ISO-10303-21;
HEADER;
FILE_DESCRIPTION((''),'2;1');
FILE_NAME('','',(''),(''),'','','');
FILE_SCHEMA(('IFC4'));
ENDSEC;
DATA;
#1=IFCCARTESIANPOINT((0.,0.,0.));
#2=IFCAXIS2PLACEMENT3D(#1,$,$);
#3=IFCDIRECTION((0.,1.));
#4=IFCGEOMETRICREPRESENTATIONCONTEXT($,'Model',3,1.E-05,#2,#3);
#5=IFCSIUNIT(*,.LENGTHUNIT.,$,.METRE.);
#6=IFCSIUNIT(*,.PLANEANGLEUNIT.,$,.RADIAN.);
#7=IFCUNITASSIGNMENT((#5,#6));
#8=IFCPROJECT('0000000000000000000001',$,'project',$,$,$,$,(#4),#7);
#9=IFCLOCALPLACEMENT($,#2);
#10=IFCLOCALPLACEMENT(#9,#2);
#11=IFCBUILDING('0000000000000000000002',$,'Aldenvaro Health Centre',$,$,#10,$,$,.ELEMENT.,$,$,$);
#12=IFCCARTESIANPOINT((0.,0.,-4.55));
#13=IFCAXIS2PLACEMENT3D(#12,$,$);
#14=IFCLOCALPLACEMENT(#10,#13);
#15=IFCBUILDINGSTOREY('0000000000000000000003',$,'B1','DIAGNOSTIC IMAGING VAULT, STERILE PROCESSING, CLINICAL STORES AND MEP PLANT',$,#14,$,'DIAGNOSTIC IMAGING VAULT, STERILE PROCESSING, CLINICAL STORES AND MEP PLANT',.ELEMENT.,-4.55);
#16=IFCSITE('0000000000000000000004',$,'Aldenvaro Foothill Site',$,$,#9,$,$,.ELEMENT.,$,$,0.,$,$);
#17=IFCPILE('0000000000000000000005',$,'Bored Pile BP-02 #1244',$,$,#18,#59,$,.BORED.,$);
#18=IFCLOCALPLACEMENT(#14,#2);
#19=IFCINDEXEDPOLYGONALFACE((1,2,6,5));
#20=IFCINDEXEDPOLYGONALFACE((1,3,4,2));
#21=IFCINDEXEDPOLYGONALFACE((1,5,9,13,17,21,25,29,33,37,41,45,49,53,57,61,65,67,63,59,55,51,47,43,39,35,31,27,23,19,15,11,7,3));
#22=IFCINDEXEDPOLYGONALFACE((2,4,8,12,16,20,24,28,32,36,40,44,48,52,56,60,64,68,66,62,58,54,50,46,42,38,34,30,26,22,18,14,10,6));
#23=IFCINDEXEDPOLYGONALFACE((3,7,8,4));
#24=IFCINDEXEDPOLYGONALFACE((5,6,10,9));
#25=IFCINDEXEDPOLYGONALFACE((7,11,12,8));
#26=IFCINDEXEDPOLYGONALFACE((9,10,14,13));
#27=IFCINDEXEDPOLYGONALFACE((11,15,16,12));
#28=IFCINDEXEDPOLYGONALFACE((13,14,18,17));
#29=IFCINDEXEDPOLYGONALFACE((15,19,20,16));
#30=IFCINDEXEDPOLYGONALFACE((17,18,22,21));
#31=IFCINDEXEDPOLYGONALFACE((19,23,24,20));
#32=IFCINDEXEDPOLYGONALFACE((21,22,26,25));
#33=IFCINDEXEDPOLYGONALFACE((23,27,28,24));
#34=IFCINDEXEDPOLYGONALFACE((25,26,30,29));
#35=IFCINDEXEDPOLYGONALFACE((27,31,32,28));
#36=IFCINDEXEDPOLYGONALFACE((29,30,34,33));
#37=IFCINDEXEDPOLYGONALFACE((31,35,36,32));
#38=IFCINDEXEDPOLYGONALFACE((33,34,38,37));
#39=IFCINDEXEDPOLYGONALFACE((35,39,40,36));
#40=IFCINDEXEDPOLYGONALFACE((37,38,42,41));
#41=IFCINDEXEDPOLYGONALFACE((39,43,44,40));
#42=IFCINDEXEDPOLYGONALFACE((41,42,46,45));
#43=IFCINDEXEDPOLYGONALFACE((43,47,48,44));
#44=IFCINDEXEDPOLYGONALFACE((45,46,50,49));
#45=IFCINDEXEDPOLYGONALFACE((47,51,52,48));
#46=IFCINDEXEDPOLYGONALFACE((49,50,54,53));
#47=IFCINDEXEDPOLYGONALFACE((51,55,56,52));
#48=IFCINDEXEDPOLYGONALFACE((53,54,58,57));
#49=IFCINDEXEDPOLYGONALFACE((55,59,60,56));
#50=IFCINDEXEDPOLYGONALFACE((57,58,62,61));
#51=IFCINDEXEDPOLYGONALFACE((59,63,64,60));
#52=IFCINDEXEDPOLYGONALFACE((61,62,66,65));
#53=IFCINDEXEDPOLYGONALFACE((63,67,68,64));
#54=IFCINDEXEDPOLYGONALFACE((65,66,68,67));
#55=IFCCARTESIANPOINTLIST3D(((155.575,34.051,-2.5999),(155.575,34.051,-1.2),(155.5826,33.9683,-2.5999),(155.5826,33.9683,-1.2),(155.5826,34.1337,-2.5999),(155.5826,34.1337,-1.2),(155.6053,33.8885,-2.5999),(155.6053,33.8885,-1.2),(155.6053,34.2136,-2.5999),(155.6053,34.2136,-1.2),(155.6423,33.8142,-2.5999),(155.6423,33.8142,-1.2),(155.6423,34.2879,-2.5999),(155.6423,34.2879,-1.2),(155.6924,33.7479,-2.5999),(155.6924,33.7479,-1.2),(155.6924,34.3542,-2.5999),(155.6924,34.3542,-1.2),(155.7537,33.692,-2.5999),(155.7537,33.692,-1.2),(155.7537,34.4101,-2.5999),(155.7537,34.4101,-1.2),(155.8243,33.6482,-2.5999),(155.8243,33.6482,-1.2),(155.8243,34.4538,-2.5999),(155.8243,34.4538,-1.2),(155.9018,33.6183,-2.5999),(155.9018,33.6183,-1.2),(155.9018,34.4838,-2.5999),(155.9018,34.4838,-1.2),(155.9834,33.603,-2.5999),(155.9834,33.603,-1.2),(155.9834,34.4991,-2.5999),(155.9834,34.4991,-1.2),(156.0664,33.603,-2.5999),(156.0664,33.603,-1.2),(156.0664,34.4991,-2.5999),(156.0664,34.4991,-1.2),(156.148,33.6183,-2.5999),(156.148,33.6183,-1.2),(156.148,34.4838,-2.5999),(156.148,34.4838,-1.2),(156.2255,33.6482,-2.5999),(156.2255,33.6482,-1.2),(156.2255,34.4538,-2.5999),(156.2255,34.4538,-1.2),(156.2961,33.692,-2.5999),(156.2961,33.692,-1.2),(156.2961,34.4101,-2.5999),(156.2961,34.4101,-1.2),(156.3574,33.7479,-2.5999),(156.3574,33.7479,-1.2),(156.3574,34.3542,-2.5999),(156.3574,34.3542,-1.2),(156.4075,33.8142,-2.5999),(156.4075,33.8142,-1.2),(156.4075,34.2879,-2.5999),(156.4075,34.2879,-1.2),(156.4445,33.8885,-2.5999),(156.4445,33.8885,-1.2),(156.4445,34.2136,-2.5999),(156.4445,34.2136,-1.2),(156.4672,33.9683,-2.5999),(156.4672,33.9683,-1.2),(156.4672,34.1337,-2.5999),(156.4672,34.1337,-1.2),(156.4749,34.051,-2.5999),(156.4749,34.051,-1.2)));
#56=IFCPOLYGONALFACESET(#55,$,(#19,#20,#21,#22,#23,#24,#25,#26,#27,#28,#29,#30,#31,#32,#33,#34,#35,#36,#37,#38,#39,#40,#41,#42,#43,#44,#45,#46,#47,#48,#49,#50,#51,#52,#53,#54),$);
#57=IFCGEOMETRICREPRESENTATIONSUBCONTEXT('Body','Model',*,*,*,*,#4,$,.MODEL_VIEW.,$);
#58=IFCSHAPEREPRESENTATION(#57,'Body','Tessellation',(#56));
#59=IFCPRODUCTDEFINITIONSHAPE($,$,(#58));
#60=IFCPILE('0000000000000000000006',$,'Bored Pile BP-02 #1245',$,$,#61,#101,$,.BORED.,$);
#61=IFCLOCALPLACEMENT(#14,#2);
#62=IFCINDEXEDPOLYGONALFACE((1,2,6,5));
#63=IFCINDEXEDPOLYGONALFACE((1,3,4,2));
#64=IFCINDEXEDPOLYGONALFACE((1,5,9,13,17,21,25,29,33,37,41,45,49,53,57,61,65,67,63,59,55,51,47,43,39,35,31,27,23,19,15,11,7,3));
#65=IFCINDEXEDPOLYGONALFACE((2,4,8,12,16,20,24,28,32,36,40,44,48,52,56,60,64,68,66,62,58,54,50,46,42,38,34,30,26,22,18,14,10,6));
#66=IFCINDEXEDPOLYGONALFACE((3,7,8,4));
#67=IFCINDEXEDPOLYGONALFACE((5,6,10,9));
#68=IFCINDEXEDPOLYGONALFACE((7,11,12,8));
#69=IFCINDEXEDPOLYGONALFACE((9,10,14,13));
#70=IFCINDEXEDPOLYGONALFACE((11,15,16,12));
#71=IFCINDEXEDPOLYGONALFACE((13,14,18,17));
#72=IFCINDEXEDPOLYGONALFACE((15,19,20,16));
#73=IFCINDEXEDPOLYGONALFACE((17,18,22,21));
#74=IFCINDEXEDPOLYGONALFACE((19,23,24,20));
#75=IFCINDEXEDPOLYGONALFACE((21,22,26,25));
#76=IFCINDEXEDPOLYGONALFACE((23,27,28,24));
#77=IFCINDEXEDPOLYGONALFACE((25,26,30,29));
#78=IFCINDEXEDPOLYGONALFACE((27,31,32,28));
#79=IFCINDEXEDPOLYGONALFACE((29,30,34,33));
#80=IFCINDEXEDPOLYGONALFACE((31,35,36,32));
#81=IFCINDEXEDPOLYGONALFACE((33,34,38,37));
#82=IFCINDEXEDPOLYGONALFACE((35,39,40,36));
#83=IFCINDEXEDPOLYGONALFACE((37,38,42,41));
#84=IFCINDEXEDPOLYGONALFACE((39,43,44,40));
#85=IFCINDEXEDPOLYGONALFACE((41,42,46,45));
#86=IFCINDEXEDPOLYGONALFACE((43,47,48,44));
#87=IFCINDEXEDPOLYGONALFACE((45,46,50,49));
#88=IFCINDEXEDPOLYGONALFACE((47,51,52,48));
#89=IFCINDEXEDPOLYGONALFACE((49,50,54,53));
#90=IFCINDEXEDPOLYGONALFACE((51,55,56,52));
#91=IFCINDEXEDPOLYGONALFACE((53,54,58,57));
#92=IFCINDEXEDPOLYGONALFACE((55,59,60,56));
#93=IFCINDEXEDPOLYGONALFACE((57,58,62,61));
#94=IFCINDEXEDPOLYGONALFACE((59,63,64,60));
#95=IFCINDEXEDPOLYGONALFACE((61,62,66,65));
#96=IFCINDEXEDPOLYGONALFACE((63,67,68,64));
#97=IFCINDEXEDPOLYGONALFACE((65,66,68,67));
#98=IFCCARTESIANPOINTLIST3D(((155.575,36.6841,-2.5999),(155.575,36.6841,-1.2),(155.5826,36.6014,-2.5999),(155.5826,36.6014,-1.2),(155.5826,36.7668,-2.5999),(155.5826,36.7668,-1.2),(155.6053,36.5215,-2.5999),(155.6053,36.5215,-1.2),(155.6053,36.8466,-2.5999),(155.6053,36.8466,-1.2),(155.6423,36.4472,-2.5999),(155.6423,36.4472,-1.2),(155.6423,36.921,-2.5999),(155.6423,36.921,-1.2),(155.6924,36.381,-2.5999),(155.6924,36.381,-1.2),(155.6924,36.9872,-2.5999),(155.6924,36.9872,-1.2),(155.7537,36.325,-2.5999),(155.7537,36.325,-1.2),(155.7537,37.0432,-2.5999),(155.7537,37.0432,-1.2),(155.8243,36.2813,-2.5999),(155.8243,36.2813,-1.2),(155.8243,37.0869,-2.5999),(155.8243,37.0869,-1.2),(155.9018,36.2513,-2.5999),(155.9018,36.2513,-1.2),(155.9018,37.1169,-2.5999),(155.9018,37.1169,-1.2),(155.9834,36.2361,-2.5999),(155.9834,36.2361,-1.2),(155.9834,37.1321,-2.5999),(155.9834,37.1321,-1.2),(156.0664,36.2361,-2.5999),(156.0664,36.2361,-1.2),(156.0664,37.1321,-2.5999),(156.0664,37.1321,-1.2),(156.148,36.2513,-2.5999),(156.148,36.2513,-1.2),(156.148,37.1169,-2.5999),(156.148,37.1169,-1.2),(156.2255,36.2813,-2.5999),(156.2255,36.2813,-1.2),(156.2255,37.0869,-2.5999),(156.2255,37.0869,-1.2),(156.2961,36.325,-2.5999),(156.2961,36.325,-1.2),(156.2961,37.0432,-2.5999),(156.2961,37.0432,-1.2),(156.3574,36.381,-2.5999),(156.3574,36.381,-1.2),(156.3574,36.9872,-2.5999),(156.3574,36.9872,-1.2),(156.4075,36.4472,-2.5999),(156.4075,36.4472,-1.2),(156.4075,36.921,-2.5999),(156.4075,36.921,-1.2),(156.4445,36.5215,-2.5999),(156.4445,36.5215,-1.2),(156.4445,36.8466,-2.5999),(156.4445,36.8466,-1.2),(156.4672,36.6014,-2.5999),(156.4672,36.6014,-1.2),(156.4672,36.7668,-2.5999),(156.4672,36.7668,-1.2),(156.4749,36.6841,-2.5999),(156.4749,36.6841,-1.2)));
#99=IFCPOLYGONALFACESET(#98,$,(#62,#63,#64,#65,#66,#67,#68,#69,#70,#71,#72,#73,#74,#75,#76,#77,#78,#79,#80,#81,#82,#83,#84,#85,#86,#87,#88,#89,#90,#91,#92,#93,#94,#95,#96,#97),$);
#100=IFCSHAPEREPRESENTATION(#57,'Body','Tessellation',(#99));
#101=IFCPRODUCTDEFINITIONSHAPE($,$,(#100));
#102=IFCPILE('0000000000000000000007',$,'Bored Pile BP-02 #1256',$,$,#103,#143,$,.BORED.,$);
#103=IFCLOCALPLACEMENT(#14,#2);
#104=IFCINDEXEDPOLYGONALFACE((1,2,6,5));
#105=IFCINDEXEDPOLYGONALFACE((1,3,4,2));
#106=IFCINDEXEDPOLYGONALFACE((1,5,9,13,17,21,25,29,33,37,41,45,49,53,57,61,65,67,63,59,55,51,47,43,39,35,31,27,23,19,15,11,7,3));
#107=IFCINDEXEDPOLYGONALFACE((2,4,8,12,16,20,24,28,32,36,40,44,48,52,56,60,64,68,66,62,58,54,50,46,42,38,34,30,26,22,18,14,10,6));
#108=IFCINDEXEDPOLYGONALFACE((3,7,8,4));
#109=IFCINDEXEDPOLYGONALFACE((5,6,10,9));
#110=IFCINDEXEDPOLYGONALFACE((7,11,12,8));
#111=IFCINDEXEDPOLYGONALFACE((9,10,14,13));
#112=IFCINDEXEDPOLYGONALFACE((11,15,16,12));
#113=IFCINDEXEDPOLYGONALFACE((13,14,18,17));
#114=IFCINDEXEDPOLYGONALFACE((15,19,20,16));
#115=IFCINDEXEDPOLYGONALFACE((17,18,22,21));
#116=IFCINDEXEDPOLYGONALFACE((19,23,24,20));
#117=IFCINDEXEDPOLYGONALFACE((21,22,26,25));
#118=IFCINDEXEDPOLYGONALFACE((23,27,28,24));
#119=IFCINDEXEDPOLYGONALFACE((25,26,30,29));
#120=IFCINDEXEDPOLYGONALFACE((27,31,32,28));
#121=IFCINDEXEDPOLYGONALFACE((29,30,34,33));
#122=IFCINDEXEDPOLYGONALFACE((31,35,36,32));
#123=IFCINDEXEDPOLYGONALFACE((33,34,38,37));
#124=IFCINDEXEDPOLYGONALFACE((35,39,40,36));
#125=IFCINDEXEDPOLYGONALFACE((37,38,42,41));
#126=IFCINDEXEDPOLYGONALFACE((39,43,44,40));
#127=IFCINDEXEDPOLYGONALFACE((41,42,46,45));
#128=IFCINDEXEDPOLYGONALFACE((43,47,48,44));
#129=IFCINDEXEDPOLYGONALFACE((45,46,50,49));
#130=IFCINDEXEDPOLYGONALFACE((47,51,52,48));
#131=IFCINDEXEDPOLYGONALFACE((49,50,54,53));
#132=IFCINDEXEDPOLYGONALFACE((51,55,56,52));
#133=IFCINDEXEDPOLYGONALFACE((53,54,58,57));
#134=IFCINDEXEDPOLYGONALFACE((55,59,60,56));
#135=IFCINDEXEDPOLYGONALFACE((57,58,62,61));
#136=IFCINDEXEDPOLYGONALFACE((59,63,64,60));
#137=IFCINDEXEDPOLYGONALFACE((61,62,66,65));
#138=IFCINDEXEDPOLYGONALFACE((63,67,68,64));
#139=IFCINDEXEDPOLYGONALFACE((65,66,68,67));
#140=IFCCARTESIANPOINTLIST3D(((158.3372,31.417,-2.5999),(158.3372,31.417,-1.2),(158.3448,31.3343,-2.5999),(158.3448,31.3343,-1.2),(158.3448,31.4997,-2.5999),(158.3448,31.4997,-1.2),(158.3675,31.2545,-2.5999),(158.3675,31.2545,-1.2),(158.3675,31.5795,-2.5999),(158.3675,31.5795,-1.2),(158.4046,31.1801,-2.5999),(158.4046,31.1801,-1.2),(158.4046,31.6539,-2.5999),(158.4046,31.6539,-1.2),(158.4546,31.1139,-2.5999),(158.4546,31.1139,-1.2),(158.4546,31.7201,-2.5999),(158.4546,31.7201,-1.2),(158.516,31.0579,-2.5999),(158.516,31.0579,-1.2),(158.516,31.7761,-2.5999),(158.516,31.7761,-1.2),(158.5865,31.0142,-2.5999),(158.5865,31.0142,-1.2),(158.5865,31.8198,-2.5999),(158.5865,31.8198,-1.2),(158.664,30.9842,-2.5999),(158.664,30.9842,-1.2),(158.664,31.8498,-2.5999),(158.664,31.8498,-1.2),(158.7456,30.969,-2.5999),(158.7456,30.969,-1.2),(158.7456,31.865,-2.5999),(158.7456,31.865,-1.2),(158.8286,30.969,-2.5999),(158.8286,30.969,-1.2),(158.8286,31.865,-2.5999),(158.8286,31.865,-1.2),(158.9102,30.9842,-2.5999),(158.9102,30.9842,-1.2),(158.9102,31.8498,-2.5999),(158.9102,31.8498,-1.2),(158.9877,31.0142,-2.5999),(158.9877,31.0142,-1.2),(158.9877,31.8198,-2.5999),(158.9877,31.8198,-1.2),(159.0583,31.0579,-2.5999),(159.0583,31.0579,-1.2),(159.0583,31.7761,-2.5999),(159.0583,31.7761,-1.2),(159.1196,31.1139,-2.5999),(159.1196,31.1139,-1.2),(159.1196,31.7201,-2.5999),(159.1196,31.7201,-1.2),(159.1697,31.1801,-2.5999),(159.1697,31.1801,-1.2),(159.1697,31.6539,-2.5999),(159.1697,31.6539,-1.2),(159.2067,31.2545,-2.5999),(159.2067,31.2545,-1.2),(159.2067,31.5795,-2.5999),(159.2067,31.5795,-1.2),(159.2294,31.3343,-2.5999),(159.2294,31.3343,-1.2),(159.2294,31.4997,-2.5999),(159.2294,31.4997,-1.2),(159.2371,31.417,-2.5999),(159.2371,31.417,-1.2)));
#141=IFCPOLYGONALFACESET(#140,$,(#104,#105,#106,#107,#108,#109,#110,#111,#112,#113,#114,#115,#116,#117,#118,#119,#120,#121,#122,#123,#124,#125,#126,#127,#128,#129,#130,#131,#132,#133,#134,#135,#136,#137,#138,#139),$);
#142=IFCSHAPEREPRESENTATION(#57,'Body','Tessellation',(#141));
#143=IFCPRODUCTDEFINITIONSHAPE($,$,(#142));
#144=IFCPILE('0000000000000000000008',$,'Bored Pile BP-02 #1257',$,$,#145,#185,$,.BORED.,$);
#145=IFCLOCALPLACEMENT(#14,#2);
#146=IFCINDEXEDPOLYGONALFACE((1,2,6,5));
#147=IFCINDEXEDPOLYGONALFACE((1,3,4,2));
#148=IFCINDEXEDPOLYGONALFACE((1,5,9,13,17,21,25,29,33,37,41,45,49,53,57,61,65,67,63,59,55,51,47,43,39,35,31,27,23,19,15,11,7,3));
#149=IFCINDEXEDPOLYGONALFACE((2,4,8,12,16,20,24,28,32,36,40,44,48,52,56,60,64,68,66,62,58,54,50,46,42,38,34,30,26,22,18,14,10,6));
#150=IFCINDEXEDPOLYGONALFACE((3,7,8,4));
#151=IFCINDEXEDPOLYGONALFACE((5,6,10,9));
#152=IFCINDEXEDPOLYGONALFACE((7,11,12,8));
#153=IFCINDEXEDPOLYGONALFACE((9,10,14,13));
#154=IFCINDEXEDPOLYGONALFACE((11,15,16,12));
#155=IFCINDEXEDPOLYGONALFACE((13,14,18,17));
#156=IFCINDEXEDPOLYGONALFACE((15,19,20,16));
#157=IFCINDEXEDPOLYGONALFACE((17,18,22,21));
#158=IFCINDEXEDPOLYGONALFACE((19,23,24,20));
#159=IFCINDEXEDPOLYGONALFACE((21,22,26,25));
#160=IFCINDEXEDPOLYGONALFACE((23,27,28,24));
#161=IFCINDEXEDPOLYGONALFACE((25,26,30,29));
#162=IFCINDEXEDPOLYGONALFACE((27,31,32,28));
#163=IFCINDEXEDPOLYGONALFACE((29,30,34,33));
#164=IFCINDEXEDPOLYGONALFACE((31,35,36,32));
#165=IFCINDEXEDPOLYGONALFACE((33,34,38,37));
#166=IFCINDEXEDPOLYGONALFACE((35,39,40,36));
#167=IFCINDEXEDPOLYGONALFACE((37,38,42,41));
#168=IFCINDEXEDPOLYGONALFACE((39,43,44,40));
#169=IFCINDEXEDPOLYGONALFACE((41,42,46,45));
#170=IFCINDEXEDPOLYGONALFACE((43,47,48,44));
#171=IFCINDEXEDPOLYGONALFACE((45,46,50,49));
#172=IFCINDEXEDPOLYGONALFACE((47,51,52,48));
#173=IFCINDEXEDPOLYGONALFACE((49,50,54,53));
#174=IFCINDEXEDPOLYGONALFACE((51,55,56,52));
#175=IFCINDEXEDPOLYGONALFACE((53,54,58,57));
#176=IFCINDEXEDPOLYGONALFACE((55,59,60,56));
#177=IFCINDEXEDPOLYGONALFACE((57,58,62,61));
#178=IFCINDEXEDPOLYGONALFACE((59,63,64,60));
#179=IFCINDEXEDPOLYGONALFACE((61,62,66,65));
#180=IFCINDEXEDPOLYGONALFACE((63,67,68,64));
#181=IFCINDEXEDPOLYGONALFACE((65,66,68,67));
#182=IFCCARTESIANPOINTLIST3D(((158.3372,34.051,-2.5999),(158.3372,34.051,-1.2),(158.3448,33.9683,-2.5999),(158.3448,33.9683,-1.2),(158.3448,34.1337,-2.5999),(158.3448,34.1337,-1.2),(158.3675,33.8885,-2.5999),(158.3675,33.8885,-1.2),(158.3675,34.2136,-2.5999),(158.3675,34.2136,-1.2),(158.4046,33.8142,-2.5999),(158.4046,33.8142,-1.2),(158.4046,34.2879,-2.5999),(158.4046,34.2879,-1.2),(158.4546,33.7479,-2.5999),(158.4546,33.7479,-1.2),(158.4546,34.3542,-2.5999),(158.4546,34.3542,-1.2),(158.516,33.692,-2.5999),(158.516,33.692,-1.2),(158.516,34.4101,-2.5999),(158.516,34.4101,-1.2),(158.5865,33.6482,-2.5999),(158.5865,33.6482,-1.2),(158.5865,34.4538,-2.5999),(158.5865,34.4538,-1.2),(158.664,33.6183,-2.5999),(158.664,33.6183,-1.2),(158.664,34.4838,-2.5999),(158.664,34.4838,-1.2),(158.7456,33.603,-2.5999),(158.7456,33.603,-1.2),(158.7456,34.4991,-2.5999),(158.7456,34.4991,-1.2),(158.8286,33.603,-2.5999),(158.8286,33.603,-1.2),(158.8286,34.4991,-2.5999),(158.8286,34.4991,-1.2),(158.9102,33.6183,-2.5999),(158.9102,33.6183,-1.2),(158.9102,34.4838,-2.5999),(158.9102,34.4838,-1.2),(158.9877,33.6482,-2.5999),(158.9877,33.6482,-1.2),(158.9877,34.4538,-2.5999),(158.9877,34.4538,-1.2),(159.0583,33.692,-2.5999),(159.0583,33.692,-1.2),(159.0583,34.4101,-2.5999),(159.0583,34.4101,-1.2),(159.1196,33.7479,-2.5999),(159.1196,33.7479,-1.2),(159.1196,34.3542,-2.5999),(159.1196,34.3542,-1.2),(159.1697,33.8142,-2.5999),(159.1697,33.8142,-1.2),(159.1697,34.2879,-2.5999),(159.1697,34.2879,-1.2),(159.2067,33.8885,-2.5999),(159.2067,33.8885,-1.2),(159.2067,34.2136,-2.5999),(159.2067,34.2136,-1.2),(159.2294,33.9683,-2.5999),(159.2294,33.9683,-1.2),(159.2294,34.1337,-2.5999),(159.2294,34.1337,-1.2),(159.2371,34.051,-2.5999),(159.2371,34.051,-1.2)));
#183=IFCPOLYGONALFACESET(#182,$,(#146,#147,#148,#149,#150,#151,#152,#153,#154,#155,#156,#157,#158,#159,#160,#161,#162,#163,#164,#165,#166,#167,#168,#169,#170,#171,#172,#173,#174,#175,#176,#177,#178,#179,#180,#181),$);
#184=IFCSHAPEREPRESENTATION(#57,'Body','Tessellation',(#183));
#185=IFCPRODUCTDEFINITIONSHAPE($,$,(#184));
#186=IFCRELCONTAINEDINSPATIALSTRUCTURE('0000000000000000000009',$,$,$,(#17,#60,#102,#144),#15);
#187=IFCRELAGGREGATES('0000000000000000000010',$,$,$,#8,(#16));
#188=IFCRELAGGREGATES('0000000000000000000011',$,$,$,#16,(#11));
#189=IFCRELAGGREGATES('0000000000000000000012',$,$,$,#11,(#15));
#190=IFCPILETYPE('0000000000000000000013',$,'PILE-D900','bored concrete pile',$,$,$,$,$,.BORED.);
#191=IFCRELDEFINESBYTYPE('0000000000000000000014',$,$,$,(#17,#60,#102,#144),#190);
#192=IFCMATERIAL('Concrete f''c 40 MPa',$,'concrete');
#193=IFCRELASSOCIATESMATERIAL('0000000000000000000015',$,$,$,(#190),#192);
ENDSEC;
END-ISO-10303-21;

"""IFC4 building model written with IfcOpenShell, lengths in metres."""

from ifc_helpers import new_model, si_unit, direction, frame, origin, origin_2d, place, context, subcontext, project, spatial, circle, extrude, material, material_profile, profile_set, type_object, element, save


model = new_model("IFC4")

# Units and contexts
model_context = context("Model", 3, precision=1e-05, world=origin(), true_north=direction((0.0, 1.0)))
body_context = subcontext(model_context, "Body", "Model", "MODEL_VIEW")
ifc_project = project(units=[si_unit("LENGTHUNIT", "METRE"), si_unit("PLANEANGLEUNIT", "RADIAN")], contexts=[model_context])

# Site, building, storey
site_placement = place(None, origin())
site = spatial("IfcSite", under=ifc_project, at=site_placement, Name="Aldenvaro Foothill Site", CompositionType="ELEMENT", RefElevation=0.0)
building_placement = place(site_placement, origin())
building = spatial("IfcBuilding", under=site, at=building_placement, Name="Aldenvaro Health Centre", CompositionType="ELEMENT")
storey_placement = place(building_placement, frame((0.0, 0.0, -4.55)))
storey = spatial("IfcBuildingStorey", under=building, at=storey_placement, Name="B1", Description="DIAGNOSTIC IMAGING VAULT, STERILE PROCESSING, CLINICAL STORES AND MEP PLANT", LongName="DIAGNOSTIC IMAGING VAULT, STERILE PROCESSING, CLINICAL STORES AND MEP PLANT", CompositionType="ELEMENT", Elevation=-4.55)

# Shared definitions
ifc_material = material(Name="Concrete f'c 40 MPa", Category="concrete")

# Piles
ifc_material_profile_1 = material_profile(ifc_material, circle(Radius=0.45, at=origin_2d()), Name="PILE D900", Category="concrete")
ifc_profile_set_1 = profile_set([ifc_material_profile_1], Name="Concrete f'c 40 MPa")
pile_type_1 = type_object("IfcPileType", Name="PILE-D900", Description="bored concrete pile", PredefinedType="BORED", material=ifc_profile_set_1)
for number, where, z_axis, x_axis, name in (
    (1, (156.0249, 34.051, -1.2), (0.0, 0.0, -1.0), (1.0, 0.0, 0.0), "Bored Pile BP-02 #1244"),
    (2, (156.0249, 36.6841, -1.2), (0.0, 0.0, -1.0), (1.0, 0.0, 0.0), "Bored Pile BP-02 #1245"),
    (3, (158.7871, 31.417, -1.2), (0.0, 0.0, -1.0), (1.0, 0.0, 0.0), "Bored Pile BP-02 #1256"),
    (4, (158.7871, 34.051, -1.2), (0.0, 0.0, -1.0), (1.0, 0.0, 0.0), "Bored Pile BP-02 #1257"),
):
    element("IfcPile", number, at=place(storey_placement, frame(where, z_axis=z_axis, x_axis=x_axis)), inside=storey, type_object=pile_type_1, Name=name, PredefinedType="BORED", context=body_context, shape_type="SweptSolid", body=[
        extrude(circle(Radius=0.45, at=origin_2d()), origin(), (0.0, 0.0, 1.0), 1.3999),
    ])

save(model, "model.ifc")
